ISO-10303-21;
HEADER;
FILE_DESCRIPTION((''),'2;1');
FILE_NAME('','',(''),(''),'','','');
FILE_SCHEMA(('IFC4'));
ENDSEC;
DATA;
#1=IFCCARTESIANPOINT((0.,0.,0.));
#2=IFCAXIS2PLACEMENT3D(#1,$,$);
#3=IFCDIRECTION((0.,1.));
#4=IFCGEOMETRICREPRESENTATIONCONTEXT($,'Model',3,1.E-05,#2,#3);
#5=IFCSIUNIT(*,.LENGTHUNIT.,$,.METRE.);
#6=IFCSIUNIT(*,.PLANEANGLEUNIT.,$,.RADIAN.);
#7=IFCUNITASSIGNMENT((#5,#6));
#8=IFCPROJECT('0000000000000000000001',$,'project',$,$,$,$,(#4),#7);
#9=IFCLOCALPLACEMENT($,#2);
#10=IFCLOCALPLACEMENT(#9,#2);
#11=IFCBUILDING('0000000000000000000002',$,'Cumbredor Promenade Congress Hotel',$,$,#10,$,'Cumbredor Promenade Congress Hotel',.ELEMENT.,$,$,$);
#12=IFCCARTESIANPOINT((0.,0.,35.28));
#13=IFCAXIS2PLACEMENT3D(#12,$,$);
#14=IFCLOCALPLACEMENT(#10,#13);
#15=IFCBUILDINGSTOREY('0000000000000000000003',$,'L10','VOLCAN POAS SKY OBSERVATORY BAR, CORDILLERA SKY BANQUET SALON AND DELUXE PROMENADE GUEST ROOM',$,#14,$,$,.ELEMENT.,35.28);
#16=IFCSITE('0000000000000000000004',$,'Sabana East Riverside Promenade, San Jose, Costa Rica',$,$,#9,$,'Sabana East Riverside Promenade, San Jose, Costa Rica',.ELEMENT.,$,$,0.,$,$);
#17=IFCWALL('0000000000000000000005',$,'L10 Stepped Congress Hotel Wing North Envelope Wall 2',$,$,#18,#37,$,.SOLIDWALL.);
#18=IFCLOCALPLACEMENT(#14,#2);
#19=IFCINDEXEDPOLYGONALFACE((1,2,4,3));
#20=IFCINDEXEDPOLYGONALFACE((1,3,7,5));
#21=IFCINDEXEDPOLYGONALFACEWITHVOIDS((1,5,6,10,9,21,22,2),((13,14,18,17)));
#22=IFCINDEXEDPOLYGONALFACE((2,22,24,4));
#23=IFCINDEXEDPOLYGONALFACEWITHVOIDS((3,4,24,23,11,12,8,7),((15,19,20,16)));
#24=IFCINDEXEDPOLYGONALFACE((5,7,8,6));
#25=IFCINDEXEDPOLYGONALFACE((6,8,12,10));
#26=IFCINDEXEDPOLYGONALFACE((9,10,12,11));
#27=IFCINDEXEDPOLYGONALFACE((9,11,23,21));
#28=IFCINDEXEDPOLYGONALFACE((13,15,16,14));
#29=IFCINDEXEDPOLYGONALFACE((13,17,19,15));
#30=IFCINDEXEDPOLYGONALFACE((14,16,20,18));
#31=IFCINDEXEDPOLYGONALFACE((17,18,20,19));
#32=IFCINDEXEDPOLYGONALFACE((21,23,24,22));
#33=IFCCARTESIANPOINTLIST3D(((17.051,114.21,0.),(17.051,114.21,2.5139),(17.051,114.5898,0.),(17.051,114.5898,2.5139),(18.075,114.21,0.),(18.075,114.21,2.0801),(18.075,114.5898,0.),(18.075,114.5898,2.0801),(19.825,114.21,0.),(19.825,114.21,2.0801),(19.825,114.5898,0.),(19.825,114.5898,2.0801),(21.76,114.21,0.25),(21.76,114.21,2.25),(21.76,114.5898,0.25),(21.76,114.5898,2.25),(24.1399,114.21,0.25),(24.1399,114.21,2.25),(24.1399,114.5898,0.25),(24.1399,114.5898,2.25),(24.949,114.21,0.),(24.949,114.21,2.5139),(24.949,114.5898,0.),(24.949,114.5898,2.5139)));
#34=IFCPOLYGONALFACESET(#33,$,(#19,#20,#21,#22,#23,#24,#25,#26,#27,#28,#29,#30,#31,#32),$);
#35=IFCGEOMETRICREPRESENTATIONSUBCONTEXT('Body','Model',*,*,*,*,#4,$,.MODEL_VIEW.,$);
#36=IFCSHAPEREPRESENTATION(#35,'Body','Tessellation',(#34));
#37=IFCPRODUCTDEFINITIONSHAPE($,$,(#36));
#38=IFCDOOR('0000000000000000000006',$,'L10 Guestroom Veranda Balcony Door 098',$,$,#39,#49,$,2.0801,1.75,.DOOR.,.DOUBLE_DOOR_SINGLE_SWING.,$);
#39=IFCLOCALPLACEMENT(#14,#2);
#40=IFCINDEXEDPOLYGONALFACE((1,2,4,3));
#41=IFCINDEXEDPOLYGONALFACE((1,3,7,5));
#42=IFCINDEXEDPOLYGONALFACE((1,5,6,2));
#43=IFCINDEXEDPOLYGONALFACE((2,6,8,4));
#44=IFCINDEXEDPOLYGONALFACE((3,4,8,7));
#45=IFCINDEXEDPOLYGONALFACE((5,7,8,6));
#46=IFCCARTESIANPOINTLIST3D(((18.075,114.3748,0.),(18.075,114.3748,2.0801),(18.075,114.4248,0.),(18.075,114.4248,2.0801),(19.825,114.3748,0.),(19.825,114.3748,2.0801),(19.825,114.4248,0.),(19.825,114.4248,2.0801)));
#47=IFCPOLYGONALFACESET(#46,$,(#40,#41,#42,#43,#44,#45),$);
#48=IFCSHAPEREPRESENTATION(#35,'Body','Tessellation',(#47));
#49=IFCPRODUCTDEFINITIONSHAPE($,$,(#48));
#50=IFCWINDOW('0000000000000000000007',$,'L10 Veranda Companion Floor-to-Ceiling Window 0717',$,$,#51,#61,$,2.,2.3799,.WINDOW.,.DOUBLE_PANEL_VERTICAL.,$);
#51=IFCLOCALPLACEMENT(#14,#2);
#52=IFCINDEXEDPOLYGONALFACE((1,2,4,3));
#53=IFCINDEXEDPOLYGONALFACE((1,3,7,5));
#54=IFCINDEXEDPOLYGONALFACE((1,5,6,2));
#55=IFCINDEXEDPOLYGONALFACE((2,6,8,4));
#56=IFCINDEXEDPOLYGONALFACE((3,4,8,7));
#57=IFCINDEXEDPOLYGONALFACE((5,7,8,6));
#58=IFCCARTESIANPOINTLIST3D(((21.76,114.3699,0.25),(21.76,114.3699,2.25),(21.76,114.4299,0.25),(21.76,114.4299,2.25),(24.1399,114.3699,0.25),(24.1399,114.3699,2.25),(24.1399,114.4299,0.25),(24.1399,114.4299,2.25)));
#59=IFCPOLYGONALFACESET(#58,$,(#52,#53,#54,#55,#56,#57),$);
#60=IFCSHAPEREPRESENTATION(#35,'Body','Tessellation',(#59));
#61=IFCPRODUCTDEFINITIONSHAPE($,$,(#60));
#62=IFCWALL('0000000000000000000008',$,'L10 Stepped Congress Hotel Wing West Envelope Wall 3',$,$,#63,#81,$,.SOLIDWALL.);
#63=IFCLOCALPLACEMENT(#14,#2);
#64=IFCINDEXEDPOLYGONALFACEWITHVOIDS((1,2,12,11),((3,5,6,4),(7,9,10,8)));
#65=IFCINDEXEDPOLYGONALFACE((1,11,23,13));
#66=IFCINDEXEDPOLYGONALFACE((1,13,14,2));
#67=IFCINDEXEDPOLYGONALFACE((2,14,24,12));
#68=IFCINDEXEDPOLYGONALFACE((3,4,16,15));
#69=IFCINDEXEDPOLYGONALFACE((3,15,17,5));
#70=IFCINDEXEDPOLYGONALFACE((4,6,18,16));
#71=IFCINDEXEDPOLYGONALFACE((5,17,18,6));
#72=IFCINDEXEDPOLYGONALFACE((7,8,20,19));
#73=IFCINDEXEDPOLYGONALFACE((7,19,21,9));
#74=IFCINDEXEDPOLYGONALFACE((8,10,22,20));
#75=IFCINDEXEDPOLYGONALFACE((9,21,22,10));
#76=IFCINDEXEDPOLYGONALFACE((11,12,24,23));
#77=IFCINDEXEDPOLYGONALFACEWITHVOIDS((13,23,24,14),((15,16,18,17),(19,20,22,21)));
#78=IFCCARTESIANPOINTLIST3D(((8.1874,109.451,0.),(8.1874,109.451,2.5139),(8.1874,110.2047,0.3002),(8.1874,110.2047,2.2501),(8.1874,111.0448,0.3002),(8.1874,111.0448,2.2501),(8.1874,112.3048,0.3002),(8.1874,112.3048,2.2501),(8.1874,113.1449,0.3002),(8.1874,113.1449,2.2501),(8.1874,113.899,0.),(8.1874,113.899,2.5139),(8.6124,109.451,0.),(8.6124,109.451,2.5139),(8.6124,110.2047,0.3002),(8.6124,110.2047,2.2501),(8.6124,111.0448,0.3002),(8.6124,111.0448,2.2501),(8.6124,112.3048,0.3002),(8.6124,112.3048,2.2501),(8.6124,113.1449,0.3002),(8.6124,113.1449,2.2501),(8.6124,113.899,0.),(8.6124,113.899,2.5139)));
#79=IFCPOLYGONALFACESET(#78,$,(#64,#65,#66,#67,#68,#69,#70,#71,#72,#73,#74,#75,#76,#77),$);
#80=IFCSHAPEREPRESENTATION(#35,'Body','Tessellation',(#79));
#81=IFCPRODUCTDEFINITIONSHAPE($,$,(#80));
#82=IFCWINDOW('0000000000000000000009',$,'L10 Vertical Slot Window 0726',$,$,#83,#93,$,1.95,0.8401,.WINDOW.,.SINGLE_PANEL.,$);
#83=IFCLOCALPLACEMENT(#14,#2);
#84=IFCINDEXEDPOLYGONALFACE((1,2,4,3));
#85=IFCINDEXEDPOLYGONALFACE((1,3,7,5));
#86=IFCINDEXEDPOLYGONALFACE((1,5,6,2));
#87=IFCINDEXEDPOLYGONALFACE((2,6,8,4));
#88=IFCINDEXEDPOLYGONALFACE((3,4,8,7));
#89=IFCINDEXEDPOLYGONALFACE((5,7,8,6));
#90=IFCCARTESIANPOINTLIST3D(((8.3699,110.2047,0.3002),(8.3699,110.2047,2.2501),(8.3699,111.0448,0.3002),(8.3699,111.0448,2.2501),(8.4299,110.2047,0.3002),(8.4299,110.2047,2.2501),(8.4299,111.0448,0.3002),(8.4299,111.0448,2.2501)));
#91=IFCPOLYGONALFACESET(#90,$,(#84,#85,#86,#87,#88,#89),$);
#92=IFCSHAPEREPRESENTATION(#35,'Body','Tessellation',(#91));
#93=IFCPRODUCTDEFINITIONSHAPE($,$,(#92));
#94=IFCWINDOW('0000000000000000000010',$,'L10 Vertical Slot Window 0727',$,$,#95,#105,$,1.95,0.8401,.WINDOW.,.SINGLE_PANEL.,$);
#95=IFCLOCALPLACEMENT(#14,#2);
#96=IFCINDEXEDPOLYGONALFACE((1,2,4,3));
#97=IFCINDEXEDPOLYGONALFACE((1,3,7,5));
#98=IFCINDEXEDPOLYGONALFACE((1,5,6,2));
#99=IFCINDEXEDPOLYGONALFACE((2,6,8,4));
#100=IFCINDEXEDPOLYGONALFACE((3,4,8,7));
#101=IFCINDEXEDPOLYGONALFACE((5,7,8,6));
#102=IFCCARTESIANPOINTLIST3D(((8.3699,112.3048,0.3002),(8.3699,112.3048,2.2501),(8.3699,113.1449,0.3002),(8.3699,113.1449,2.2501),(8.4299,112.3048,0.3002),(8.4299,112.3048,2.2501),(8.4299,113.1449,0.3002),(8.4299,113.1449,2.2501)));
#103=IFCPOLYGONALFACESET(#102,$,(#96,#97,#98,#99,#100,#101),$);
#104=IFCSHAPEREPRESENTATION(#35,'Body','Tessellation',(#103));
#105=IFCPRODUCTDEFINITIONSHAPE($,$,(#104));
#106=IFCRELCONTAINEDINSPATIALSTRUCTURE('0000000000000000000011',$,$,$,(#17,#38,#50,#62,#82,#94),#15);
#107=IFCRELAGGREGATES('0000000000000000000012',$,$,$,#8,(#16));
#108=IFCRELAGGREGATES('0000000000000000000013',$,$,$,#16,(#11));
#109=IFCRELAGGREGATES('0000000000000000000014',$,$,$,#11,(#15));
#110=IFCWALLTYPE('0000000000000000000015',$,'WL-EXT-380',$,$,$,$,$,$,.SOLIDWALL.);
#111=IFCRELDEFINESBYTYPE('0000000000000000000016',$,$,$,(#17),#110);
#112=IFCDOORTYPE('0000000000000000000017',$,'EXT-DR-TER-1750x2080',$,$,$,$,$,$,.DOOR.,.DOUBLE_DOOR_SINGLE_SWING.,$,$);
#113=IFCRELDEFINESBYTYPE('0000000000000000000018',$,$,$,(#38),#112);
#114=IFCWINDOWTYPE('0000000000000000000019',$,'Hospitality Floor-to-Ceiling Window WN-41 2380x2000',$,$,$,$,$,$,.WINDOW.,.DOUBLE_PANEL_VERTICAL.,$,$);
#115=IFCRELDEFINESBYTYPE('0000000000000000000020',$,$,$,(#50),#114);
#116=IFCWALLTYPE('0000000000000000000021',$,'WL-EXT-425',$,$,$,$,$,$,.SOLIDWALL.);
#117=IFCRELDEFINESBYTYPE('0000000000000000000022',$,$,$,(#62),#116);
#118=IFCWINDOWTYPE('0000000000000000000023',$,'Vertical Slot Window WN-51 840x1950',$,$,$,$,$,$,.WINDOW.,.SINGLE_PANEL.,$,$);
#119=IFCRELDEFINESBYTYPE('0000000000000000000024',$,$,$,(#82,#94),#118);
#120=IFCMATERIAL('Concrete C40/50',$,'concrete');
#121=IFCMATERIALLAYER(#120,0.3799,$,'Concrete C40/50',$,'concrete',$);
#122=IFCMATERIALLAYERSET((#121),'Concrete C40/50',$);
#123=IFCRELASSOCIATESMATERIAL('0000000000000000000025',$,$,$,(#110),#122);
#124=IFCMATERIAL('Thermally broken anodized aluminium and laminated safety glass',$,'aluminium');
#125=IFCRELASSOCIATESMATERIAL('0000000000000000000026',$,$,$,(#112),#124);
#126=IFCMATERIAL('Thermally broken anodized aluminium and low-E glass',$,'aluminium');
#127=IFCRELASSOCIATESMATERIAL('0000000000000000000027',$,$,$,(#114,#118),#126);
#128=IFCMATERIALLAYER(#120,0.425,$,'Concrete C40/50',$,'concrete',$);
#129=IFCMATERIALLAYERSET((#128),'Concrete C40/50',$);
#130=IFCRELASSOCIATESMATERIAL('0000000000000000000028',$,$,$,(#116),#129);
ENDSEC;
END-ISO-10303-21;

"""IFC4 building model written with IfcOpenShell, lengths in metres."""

from ifc_helpers import new_model, si_unit, direction, frame, frame_2d, origin, place, context, subcontext, project, spatial, rectangle, extrude, material, layer, layer_set, type_object, element, fill, save


model = new_model("IFC4")

# Units and contexts
model_context = context("Model", 3, precision=1e-05, world=origin(), true_north=direction((0.0, 1.0)))
body_context = subcontext(model_context, "Body", "Model", "MODEL_VIEW")
ifc_project = project(units=[si_unit("LENGTHUNIT", "METRE"), si_unit("PLANEANGLEUNIT", "RADIAN")], contexts=[model_context])

# Site, building, storey
site_placement = place(None, origin())
site = spatial("IfcSite", under=ifc_project, at=site_placement, Name="Sabana East Riverside Promenade, San Jose, Costa Rica", LongName="Sabana East Riverside Promenade, San Jose, Costa Rica", CompositionType="ELEMENT", RefElevation=0.0)
building_placement = place(site_placement, origin())
building = spatial("IfcBuilding", under=site, at=building_placement, Name="Cumbredor Promenade Congress Hotel", LongName="Cumbredor Promenade Congress Hotel", CompositionType="ELEMENT")
storey_placement = place(building_placement, frame((0.0, 0.0, 35.28)))
storey = spatial("IfcBuildingStorey", under=building, at=storey_placement, Name="L10", Description="VOLCAN POAS SKY OBSERVATORY BAR, CORDILLERA SKY BANQUET SALON AND DELUXE PROMENADE GUEST ROOM", CompositionType="ELEMENT", Elevation=35.28)

# Shared definitions
ifc_material_1 = material(Name="Concrete C40/50", Category="concrete")

# Shared definitions
ifc_material_2 = material(Name="Thermally broken anodized aluminium and low-E glass", Category="aluminium")

# Wall, openings, door, window
ifc_layer_1 = layer(ifc_material_1, 0.3799, Name="Concrete C40/50", Category="concrete")
ifc_layer_set_1 = layer_set([ifc_layer_1], Name="Concrete C40/50")
wall_type_1 = type_object("IfcWallType", Name="WL-EXT-380", PredefinedType="SOLIDWALL", material=ifc_layer_set_1)
wall_1_placement = place(storey_placement, frame((17.051, 114.3999, 0.0), z_axis=(0.0, 0.0, 1.0), x_axis=(1.0, 0.0, 0.0)))
wall_1 = element("IfcWall", 1, at=wall_1_placement, inside=storey, type_object=wall_type_1, Name="L10 Stepped Congress Hotel Wing North Envelope Wall 2", PredefinedType="SOLIDWALL", context=body_context, shape_type="SweptSolid", body=[
    extrude(rectangle(XDim=7.8979, YDim=0.3799, at=frame_2d((3.949, 0.0))), origin(), (0.0, 0.0, 1.0), 2.5139),
])
opening_1_placement = place(wall_1_placement, frame((1.0239, 0.0, 0.0)))
opening_1 = element("IfcOpeningElement", 2, at=opening_1_placement, cuts=wall_1, PredefinedType="OPENING", context=body_context, shape_type="SweptSolid", body=[
    extrude(rectangle(XDim=1.75, YDim=2.0801, at=frame_2d((0.875, 1.04))), frame((0.0, 0.2, 0.0), z_axis=(0.0, -1.0, 0.0), x_axis=(1.0, 0.0, 0.0)), (0.0, 0.0, 1.0), 0.3999),
])
opening_2_placement = place(wall_1_placement, frame((4.709, 0.0, 0.25)))
opening_2 = element("IfcOpeningElement", 3, at=opening_2_placement, cuts=wall_1, PredefinedType="OPENING", context=body_context, shape_type="SweptSolid", body=[
    extrude(rectangle(XDim=2.3799, YDim=2.0, at=frame_2d((1.1899, 1.0))), frame((0.0, 0.2, 0.0), z_axis=(0.0, -1.0, 0.0), x_axis=(1.0, 0.0, 0.0)), (0.0, 0.0, 1.0), 0.3999),
])
ifc_material_3 = material(Name="Thermally broken anodized aluminium and laminated safety glass", Category="aluminium")
door_type_1 = type_object("IfcDoorType", Name="EXT-DR-TER-1750x2080", OperationType="DOUBLE_DOOR_SINGLE_SWING", PredefinedType="DOOR", material=ifc_material_3)
door_1_placement = place(opening_1_placement, origin())
door_1 = element("IfcDoor", 4, at=door_1_placement, inside=storey, type_object=door_type_1, Name="L10 Guestroom Veranda Balcony Door 098", OperationType="DOUBLE_DOOR_SINGLE_SWING", OverallHeight=2.0801, OverallWidth=1.75, PredefinedType="DOOR", context=body_context, shape_type="SweptSolid", body=[
    extrude(rectangle(XDim=1.75, YDim=2.0801, at=frame_2d((0.875, 1.04))), frame((0.0, 0.0249, 0.0), z_axis=(0.0, -1.0, 0.0), x_axis=(1.0, 0.0, 0.0)), (0.0, 0.0, 1.0), 0.05),
])
fill(opening_1, door_1)
window_type_1 = type_object("IfcWindowType", Name="Hospitality Floor-to-Ceiling Window WN-41 2380x2000", PartitioningType="DOUBLE_PANEL_VERTICAL", PredefinedType="WINDOW", material=ifc_material_2)
window_1_placement = place(opening_2_placement, origin())
window_1 = element("IfcWindow", 5, at=window_1_placement, inside=storey, type_object=window_type_1, Name="L10 Veranda Companion Floor-to-Ceiling Window 0717", OverallHeight=2.0, OverallWidth=2.3799, PartitioningType="DOUBLE_PANEL_VERTICAL", PredefinedType="WINDOW", context=body_context, shape_type="SweptSolid", body=[
    extrude(rectangle(XDim=2.3799, YDim=2.0, at=frame_2d((1.1899, 1.0))), frame((0.0, 0.03, 0.0), z_axis=(0.0, -1.0, 0.0), x_axis=(1.0, 0.0, 0.0)), (0.0, 0.0, 1.0), 0.0601),
])
fill(opening_2, window_1)

# Wall, openings, windows
ifc_layer_2 = layer(ifc_material_1, 0.425, Name="Concrete C40/50", Category="concrete")
ifc_layer_set_2 = layer_set([ifc_layer_2], Name="Concrete C40/50")
wall_type_2 = type_object("IfcWallType", Name="WL-EXT-425", PredefinedType="SOLIDWALL", material=ifc_layer_set_2)
wall_2_placement = place(storey_placement, frame((8.3999, 109.4509, 0.0), z_axis=(0.0, 0.0, 1.0), x_axis=(0.0, 1.0, 0.0)))
wall_2 = element("IfcWall", 6, at=wall_2_placement, inside=storey, type_object=wall_type_2, Name="L10 Stepped Congress Hotel Wing West Envelope Wall 3", PredefinedType="SOLIDWALL", context=body_context, shape_type="SweptSolid", body=[
    extrude(rectangle(XDim=4.448, YDim=0.425, at=frame_2d((2.2241, 0.0))), origin(), (0.0, 0.0, 1.0), 2.5139),
])
opening_3_placement = place(wall_2_placement, frame((0.7539, 0.0, 0.3)))
opening_3 = element("IfcOpeningElement", 7, at=opening_3_placement, cuts=wall_2, PredefinedType="OPENING", context=body_context, shape_type="SweptSolid", body=[
    extrude(rectangle(XDim=0.8401, YDim=1.95, at=frame_2d((0.4199, 0.9751))), frame((0.0, 0.2227, 0.0), z_axis=(0.0, -1.0, 0.0), x_axis=(1.0, 0.0, 0.0)), (0.0, 0.0, 1.0), 0.4451),
])
opening_4_placement = place(wall_2_placement, frame((2.854, 0.0, 0.3)))
opening_4 = element("IfcOpeningElement", 8, at=opening_4_placement, cuts=wall_2, PredefinedType="OPENING", context=body_context, shape_type="SweptSolid", body=[
    extrude(rectangle(XDim=0.8401, YDim=1.95, at=frame_2d((0.4199, 0.9751))), frame((0.0, 0.2227, 0.0), z_axis=(0.0, -1.0, 0.0), x_axis=(1.0, 0.0, 0.0)), (0.0, 0.0, 1.0), 0.4451),
])
window_type_2 = type_object("IfcWindowType", Name="Vertical Slot Window WN-51 840x1950", PartitioningType="SINGLE_PANEL", PredefinedType="WINDOW", material=ifc_material_2)
window_2_placement = place(opening_3_placement, origin())
window_2 = element("IfcWindow", 9, at=window_2_placement, inside=storey, type_object=window_type_2, Name="L10 Vertical Slot Window 0726", OverallHeight=1.95, OverallWidth=0.8401, PartitioningType="SINGLE_PANEL", PredefinedType="WINDOW", context=body_context, shape_type="SweptSolid", body=[
    extrude(rectangle(XDim=0.8401, YDim=1.95, at=frame_2d((0.4199, 0.9751))), frame((0.0, 0.03, 0.0), z_axis=(0.0, -1.0, 0.0), x_axis=(1.0, 0.0, 0.0)), (0.0, 0.0, 1.0), 0.0601),
])
fill(opening_3, window_2)
window_3_placement = place(opening_4_placement, origin())
window_3 = element("IfcWindow", 10, at=window_3_placement, inside=storey, type_object=window_type_2, Name="L10 Vertical Slot Window 0727", OverallHeight=1.95, OverallWidth=0.8401, PartitioningType="SINGLE_PANEL", PredefinedType="WINDOW", context=body_context, shape_type="SweptSolid", body=[
    extrude(rectangle(XDim=0.8401, YDim=1.95, at=frame_2d((0.4199, 0.9751))), frame((0.0, 0.03, 0.0), z_axis=(0.0, -1.0, 0.0), x_axis=(1.0, 0.0, 0.0)), (0.0, 0.0, 1.0), 0.0601),
])
fill(opening_4, window_3)

save(model, "model.ifc")
